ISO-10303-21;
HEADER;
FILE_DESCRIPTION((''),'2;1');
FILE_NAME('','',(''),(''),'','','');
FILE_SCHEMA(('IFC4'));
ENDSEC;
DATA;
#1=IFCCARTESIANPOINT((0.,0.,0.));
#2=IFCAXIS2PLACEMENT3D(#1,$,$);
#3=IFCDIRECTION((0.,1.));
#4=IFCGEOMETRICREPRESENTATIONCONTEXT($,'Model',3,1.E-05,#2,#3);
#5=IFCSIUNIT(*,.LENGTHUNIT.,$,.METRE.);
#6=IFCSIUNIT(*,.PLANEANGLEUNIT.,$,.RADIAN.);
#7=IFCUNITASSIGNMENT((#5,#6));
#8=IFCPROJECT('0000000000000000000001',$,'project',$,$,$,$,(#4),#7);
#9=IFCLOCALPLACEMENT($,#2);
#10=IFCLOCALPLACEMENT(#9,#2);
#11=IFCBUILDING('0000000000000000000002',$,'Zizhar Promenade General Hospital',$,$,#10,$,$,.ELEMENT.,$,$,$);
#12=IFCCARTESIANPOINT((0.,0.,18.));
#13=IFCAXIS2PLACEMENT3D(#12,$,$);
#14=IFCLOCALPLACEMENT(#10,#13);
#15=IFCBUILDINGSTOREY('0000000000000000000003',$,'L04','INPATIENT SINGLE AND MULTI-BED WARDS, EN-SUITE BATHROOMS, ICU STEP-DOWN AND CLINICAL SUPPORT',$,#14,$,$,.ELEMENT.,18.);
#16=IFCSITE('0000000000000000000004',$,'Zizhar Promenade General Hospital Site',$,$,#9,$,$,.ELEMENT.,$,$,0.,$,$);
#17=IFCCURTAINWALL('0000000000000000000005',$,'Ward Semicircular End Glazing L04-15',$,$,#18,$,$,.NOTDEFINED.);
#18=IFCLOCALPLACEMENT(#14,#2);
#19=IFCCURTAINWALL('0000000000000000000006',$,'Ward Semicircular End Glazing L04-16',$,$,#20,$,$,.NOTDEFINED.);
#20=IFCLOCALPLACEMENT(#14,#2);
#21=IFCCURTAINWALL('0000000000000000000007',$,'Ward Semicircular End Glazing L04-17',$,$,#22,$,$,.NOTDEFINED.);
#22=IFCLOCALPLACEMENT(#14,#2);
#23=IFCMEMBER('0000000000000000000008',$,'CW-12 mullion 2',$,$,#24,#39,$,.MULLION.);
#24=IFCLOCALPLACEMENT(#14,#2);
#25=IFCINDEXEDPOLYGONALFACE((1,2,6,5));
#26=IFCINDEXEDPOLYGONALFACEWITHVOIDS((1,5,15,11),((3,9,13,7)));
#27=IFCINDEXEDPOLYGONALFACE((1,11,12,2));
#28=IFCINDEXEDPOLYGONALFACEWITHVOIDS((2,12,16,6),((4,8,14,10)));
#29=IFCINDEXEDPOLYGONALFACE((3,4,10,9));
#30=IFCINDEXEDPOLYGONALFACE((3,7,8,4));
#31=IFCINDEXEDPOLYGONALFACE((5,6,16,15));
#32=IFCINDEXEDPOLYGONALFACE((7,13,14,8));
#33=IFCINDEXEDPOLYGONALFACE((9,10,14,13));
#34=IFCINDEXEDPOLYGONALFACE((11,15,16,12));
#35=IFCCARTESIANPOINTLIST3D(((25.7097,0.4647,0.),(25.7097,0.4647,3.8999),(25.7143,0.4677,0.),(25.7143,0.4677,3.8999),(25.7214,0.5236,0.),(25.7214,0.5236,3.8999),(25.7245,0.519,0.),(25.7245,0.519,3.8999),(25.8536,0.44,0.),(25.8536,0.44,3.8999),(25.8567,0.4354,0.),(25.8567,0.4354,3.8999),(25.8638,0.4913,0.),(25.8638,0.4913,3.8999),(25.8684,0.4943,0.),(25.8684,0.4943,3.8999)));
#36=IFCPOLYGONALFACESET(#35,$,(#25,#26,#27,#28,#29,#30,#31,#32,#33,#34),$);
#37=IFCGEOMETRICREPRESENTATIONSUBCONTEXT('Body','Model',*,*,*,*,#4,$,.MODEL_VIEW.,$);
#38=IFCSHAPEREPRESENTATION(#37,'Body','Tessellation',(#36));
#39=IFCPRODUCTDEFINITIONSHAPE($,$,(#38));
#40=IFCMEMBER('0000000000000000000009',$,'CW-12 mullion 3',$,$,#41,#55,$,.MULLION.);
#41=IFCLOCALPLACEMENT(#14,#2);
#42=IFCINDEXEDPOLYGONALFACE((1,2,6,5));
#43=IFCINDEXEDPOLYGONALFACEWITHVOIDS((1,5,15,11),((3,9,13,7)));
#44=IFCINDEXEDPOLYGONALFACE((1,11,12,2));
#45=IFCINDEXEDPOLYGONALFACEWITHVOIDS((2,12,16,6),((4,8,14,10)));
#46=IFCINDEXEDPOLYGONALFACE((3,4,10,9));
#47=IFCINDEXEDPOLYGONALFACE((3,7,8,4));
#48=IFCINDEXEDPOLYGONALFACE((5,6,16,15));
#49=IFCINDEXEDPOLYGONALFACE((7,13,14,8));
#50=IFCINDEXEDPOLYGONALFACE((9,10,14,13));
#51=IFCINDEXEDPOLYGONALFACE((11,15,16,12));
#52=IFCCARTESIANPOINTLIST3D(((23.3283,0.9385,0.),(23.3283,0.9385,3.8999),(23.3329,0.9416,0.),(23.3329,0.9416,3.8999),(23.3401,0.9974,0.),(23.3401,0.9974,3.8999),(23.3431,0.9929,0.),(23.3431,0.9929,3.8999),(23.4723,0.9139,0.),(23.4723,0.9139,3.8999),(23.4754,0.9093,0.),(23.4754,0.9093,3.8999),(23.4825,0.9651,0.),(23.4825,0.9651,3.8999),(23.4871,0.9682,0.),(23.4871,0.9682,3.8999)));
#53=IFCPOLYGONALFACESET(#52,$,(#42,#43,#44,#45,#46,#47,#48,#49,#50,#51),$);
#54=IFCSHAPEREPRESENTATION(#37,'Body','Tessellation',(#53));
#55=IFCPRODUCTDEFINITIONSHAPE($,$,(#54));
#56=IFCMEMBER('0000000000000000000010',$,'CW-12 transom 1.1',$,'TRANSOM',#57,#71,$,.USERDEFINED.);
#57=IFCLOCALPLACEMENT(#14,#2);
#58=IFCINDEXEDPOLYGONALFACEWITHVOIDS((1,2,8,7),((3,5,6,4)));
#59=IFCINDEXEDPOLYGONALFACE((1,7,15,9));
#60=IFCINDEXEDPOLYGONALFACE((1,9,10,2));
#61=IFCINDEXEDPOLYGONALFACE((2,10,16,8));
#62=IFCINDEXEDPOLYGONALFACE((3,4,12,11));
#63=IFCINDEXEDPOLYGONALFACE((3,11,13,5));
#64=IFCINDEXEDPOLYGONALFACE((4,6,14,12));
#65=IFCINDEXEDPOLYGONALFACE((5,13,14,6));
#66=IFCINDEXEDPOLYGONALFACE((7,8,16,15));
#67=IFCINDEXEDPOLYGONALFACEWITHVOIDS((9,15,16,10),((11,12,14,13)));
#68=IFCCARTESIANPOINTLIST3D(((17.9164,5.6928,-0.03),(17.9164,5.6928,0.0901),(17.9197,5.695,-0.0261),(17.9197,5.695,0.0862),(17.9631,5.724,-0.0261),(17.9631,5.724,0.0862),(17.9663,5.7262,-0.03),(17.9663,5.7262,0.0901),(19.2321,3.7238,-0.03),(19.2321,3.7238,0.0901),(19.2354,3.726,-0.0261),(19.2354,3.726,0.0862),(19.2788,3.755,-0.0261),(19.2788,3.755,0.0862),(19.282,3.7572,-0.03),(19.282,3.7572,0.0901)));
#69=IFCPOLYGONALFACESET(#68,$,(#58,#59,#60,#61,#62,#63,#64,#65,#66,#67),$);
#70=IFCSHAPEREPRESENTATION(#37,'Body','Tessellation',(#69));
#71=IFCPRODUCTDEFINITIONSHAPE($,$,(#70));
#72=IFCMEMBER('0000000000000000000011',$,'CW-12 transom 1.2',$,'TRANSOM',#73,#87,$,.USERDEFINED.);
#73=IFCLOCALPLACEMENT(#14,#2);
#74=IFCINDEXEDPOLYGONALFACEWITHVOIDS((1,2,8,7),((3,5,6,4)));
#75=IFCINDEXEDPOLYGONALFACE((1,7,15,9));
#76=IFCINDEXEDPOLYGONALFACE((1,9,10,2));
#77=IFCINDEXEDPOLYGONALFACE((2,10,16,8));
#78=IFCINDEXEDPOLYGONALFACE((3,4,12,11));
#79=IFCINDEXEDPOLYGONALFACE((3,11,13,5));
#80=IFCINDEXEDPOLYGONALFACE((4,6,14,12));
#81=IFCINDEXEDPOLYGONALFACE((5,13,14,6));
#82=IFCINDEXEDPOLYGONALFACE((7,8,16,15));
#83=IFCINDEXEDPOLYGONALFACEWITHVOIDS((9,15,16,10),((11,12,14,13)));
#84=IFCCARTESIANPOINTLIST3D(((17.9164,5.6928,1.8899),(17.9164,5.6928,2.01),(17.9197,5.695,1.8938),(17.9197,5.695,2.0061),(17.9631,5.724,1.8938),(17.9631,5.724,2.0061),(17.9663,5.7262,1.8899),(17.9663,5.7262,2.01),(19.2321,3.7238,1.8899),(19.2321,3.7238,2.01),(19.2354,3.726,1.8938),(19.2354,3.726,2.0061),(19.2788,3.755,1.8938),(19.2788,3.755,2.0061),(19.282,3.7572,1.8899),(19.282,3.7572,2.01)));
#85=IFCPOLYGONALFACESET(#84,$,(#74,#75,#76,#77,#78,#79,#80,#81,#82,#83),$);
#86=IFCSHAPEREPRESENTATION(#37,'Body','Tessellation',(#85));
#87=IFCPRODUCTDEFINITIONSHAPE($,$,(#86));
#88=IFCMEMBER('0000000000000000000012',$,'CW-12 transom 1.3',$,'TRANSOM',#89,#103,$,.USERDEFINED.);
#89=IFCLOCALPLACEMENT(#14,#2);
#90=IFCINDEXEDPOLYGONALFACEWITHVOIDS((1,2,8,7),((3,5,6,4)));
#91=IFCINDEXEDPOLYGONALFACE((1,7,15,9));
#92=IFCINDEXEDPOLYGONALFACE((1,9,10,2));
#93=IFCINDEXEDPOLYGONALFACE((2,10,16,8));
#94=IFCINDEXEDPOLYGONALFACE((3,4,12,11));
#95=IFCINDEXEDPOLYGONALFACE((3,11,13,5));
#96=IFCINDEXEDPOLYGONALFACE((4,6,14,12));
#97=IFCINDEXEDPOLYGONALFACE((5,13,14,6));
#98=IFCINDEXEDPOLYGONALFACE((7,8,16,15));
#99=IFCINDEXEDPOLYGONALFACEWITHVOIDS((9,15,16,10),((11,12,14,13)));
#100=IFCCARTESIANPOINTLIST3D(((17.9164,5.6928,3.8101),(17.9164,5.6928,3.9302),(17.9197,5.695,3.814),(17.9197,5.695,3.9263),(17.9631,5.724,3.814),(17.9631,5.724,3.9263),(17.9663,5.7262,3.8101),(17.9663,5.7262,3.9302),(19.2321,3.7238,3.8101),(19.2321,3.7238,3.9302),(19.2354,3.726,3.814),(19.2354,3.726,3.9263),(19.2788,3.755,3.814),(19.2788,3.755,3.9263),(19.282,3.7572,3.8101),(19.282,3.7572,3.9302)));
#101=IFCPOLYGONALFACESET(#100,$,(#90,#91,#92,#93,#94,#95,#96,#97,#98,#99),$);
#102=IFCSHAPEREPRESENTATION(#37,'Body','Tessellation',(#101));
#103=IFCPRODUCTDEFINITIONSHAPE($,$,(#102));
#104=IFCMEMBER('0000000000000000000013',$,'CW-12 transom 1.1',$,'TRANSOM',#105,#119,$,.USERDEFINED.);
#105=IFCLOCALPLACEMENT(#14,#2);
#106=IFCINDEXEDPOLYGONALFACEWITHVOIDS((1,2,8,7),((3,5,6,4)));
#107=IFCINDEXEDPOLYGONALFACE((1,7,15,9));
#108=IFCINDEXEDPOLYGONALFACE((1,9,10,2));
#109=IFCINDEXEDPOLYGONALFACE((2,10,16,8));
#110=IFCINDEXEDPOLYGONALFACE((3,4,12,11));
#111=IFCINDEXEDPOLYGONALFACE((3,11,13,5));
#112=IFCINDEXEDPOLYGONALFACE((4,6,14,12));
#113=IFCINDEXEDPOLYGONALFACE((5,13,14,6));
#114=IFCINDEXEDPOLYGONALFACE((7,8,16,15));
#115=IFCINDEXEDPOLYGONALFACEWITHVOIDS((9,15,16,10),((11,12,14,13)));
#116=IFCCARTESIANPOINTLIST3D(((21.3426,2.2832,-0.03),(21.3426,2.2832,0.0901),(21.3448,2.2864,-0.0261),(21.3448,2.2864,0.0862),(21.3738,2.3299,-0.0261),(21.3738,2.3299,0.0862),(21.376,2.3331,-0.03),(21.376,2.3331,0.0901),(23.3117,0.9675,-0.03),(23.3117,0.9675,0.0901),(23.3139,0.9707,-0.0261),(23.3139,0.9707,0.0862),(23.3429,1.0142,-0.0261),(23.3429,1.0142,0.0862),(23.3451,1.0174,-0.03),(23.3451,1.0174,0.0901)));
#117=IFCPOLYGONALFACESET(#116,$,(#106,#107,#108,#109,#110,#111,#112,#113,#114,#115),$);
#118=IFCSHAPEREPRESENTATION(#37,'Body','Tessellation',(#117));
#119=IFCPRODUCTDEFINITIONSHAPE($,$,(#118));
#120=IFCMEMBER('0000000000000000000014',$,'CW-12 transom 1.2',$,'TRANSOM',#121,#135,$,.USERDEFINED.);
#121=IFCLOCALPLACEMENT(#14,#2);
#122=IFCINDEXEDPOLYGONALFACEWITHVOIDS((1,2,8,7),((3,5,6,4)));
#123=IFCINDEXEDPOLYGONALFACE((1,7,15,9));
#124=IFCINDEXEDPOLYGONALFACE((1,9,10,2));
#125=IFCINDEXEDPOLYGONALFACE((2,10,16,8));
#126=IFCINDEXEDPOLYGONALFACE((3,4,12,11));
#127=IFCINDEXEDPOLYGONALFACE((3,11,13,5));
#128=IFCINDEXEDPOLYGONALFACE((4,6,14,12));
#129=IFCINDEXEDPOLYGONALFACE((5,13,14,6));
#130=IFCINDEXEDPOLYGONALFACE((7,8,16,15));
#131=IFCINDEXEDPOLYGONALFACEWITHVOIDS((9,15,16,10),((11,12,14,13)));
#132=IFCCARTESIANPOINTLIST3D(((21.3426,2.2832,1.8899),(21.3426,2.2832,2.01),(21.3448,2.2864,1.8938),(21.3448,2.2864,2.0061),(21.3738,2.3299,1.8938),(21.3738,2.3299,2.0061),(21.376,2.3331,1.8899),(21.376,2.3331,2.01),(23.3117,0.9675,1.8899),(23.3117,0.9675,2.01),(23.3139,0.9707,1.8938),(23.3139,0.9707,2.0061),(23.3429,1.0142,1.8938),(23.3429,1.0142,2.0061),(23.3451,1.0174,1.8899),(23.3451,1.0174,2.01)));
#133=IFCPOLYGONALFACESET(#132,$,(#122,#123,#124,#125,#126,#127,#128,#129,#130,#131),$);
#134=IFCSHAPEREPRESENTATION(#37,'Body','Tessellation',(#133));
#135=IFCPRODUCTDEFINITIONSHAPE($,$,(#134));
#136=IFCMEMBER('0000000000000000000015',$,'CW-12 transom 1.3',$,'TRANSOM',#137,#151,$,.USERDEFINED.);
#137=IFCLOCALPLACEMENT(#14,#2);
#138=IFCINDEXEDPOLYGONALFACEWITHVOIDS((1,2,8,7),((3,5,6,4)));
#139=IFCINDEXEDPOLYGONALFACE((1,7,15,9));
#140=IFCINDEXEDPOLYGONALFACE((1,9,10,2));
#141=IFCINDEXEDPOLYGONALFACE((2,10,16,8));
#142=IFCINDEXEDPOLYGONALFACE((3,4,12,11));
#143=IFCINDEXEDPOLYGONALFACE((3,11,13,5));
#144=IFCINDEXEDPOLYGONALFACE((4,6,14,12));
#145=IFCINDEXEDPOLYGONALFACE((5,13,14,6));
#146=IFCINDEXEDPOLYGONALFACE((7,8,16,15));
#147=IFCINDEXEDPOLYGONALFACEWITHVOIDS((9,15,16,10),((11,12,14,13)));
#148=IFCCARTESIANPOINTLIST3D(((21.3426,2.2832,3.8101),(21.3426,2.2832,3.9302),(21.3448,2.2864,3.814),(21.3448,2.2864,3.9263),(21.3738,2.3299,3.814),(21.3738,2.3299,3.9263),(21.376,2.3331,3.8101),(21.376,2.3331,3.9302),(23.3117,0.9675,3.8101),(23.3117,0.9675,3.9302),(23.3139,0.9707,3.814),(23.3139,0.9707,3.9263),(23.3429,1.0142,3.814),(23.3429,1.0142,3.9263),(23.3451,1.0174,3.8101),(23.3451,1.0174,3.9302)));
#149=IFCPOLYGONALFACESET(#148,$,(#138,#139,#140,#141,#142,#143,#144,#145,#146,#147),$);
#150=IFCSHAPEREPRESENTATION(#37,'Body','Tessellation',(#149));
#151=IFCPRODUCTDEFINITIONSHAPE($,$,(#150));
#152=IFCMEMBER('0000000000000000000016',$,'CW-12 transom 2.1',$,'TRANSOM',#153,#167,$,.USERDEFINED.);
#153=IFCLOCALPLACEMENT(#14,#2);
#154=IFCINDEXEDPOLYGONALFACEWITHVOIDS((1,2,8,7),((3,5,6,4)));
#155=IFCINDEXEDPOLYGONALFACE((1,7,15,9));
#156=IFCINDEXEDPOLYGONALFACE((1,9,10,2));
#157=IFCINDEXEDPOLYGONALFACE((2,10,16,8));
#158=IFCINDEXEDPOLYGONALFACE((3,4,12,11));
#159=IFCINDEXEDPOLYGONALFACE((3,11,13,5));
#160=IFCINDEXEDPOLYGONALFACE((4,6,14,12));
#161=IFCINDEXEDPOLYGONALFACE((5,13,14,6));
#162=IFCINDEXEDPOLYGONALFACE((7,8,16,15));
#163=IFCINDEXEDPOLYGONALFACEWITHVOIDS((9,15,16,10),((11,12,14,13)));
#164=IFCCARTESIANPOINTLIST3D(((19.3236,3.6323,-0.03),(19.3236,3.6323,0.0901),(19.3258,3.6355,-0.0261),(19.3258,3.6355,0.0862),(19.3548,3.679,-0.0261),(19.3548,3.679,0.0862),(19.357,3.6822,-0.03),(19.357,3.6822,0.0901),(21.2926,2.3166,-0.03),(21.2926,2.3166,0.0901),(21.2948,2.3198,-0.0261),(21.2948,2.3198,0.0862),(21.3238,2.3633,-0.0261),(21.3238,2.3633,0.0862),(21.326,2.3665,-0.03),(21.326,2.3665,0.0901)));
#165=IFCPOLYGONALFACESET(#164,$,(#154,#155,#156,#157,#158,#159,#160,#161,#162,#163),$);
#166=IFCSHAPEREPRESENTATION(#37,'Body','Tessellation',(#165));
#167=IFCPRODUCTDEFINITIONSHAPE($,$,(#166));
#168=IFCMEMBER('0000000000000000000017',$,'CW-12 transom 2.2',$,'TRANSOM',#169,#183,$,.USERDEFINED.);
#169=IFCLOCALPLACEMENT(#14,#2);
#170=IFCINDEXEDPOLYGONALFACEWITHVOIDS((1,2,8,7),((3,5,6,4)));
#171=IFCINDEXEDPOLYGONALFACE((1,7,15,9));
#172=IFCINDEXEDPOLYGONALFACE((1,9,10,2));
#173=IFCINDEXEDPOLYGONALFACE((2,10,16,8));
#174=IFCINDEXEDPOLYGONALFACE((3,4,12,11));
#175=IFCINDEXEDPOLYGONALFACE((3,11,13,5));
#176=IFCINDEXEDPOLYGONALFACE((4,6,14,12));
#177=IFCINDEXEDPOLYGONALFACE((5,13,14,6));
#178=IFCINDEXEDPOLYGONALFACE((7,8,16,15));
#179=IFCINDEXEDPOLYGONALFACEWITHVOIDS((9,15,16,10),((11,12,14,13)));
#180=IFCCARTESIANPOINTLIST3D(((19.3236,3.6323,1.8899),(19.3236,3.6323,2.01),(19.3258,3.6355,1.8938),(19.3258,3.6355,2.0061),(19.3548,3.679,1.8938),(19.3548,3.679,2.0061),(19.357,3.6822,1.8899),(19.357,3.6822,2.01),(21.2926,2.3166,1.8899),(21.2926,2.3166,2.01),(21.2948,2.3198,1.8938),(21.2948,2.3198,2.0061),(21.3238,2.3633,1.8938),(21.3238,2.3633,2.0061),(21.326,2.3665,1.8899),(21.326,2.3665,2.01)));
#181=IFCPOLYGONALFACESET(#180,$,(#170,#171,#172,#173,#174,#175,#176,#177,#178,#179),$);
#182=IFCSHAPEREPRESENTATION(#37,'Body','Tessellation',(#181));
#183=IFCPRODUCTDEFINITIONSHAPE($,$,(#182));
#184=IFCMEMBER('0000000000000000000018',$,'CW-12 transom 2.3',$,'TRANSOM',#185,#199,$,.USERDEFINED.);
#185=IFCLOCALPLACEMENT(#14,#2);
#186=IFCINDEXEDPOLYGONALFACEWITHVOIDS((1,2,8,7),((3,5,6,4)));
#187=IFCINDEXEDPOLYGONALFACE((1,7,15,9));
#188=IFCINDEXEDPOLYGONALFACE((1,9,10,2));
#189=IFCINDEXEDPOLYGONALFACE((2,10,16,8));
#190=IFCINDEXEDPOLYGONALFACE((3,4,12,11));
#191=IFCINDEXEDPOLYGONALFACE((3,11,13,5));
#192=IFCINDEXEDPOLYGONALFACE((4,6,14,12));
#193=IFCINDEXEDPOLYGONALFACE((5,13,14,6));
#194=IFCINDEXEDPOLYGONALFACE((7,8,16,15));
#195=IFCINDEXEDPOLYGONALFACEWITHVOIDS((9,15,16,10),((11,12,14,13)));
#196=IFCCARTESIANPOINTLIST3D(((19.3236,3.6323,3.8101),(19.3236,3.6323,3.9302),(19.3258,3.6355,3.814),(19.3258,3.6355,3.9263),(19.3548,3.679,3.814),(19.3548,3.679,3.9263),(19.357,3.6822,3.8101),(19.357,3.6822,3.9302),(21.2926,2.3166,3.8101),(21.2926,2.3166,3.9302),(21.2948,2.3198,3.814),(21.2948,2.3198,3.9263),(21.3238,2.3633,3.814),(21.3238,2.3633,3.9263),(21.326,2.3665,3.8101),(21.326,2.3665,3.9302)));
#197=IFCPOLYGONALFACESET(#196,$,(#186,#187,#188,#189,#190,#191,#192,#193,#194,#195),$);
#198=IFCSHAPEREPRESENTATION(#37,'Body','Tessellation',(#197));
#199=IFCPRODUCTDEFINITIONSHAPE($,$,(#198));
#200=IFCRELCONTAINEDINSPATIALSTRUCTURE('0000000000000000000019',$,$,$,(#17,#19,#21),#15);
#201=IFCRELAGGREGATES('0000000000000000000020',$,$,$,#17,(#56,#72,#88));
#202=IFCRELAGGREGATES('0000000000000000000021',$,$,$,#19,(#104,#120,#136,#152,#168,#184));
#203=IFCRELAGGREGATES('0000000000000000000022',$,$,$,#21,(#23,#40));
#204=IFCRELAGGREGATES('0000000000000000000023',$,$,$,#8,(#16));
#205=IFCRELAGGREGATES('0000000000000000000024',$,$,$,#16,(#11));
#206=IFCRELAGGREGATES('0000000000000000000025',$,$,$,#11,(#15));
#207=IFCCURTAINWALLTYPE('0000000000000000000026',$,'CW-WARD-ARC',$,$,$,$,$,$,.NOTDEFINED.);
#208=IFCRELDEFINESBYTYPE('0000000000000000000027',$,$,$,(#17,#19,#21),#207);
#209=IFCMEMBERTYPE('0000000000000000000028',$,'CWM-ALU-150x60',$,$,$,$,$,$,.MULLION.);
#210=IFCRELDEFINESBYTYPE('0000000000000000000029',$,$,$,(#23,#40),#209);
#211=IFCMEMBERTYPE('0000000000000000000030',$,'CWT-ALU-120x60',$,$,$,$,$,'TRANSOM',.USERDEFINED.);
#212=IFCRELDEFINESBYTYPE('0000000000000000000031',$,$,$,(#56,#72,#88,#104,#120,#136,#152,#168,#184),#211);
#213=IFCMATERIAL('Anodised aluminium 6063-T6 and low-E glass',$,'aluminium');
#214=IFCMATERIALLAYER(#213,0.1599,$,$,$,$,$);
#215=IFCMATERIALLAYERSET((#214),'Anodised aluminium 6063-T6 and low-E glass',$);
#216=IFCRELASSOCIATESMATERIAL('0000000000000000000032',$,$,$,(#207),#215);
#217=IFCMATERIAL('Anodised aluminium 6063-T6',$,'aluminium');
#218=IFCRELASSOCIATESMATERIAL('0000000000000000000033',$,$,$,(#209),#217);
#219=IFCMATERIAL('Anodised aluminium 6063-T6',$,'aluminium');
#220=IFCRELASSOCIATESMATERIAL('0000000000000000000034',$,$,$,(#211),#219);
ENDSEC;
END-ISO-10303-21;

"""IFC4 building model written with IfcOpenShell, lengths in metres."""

from ifc_helpers import new_model, si_unit, direction, frame, origin, origin_2d, place, context, subcontext, project, spatial, hollow_rectangle, extrude, material, layer, layer_set, material_profile, profile_set, type_object, element, aggregate, save


model = new_model("IFC4")

# Units and contexts
model_context = context("Model", 3, precision=1e-05, world=origin(), true_north=direction((0.0, 1.0)))
body_context = subcontext(model_context, "Body", "Model", "MODEL_VIEW")
ifc_project = project(units=[si_unit("LENGTHUNIT", "METRE"), si_unit("PLANEANGLEUNIT", "RADIAN")], contexts=[model_context])

# Site, building, storey
site_placement = place(None, origin())
site = spatial("IfcSite", under=ifc_project, at=site_placement, Name="Zizhar Promenade General Hospital Site", CompositionType="ELEMENT", RefElevation=0.0)
building_placement = place(site_placement, origin())
building = spatial("IfcBuilding", under=site, at=building_placement, Name="Zizhar Promenade General Hospital", CompositionType="ELEMENT")
storey_placement = place(building_placement, frame((0.0, 0.0, 18.0)))
storey = spatial("IfcBuildingStorey", under=building, at=storey_placement, Name="L04", Description="INPATIENT SINGLE AND MULTI-BED WARDS, EN-SUITE BATHROOMS, ICU STEP-DOWN AND CLINICAL SUPPORT", CompositionType="ELEMENT", Elevation=18.0)

# Curtain walls, members
ifc_material_1 = material(Name="Anodised aluminium 6063-T6 and low-E glass", Category="aluminium")
ifc_layer_1 = layer(ifc_material_1, 0.1599)
ifc_layer_set_1 = layer_set([ifc_layer_1], Name="Anodised aluminium 6063-T6 and low-E glass")
curtain_wall_type = type_object("IfcCurtainWallType", Name="CW-WARD-ARC", PredefinedType="NOTDEFINED", material=ifc_layer_set_1)
curtain_wall_1_placement = place(storey_placement, origin())
curtain_wall_1 = element("IfcCurtainWall", 1, at=curtain_wall_1_placement, inside=storey, type_object=curtain_wall_type, Name="Ward Semicircular End Glazing L04-15", PredefinedType="NOTDEFINED")
ifc_material_2 = material(Name="Anodised aluminium 6063-T6", Category="aluminium")
ifc_material_profile_1 = material_profile(ifc_material_2, hollow_rectangle(XDim=0.0601, YDim=0.1499, WallThickness=0.0039, at=origin_2d()))
ifc_profile_set_1 = profile_set([ifc_material_profile_1], Name="Anodised aluminium 6063-T6")
member_type_1 = type_object("IfcMemberType", Name="CWM-ALU-150x60", PredefinedType="MULLION", material=ifc_profile_set_1)
curtain_wall_2_placement = place(storey_placement, origin())
curtain_wall_2 = element("IfcCurtainWall", 2, at=curtain_wall_2_placement, inside=storey, type_object=curtain_wall_type, Name="Ward Semicircular End Glazing L04-16", PredefinedType="NOTDEFINED")
curtain_wall_3_placement = place(storey_placement, origin())
curtain_wall_3 = element("IfcCurtainWall", 3, at=curtain_wall_3_placement, inside=storey, type_object=curtain_wall_type, Name="Ward Semicircular End Glazing L04-17", PredefinedType="NOTDEFINED")
member_1_placement = place(storey_placement, frame((25.7891, 0.4795, 0.0), z_axis=(0.0, 0.0, 1.0), x_axis=(-0.195087, -0.980786, 0.0)))
member_1 = element("IfcMember", 4, at=member_1_placement, type_object=member_type_1, Name="CW-12 mullion 2", PredefinedType="MULLION", context=body_context, shape_type="SweptSolid", body=[
    extrude(hollow_rectangle(XDim=0.0601, YDim=0.1499, WallThickness=0.0039, at=origin_2d()), origin(), (0.0, 0.0, 1.0), 3.8999),
])
member_2_placement = place(storey_placement, frame((23.4077, 0.9534, 0.0), z_axis=(0.0, 0.0, 1.0), x_axis=(-0.195087, -0.980786, 0.0)))
member_2 = element("IfcMember", 5, at=member_2_placement, type_object=member_type_1, Name="CW-12 mullion 3", PredefinedType="MULLION", context=body_context, shape_type="SweptSolid", body=[
    extrude(hollow_rectangle(XDim=0.0601, YDim=0.1499, WallThickness=0.0039, at=origin_2d()), origin(), (0.0, 0.0, 1.0), 3.8999),
])

# Members
ifc_material_3 = material(Name="Anodised aluminium 6063-T6", Category="aluminium")
ifc_material_profile_2 = material_profile(ifc_material_3, hollow_rectangle(XDim=0.0601, YDim=0.1201, WallThickness=0.0039, at=origin_2d()))
ifc_profile_set_2 = profile_set([ifc_material_profile_2], Name="Anodised aluminium 6063-T6")
member_type_2 = type_object("IfcMemberType", Name="CWT-ALU-120x60", ElementType="TRANSOM", PredefinedType="USERDEFINED", material=ifc_profile_set_2)
member_3_placement = place(storey_placement, frame((19.2571, 3.7405, 0.03), z_axis=(-0.55558, 0.831463, 0.0), x_axis=(-0.831463, -0.55558, 0.0)))
member_3 = element("IfcMember", 6, at=member_3_placement, type_object=member_type_2, Name="CW-12 transom 1.1", ObjectType="TRANSOM", PredefinedType="USERDEFINED", context=body_context, shape_type="SweptSolid", body=[
    extrude(hollow_rectangle(XDim=0.0601, YDim=0.1201, WallThickness=0.0039, at=origin_2d()), origin(), (0.0, 0.0, 1.0), 2.3682),
])
member_4_placement = place(storey_placement, frame((19.2571, 3.7405, 1.95), z_axis=(-0.55558, 0.831463, 0.0), x_axis=(-0.831463, -0.55558, 0.0)))
member_4 = element("IfcMember", 7, at=member_4_placement, type_object=member_type_2, Name="CW-12 transom 1.2", ObjectType="TRANSOM", PredefinedType="USERDEFINED", context=body_context, shape_type="SweptSolid", body=[
    extrude(hollow_rectangle(XDim=0.0601, YDim=0.1201, WallThickness=0.0039, at=origin_2d()), origin(), (0.0, 0.0, 1.0), 2.3682),
])
member_5_placement = place(storey_placement, frame((19.2571, 3.7405, 3.8701), z_axis=(-0.55558, 0.831463, 0.0), x_axis=(-0.831463, -0.55558, 0.0)))
member_5 = element("IfcMember", 8, at=member_5_placement, type_object=member_type_2, Name="CW-12 transom 1.3", ObjectType="TRANSOM", PredefinedType="USERDEFINED", context=body_context, shape_type="SweptSolid", body=[
    extrude(hollow_rectangle(XDim=0.0601, YDim=0.1201, WallThickness=0.0039, at=origin_2d()), origin(), (0.0, 0.0, 1.0), 2.3682),
])
member_6_placement = place(storey_placement, frame((23.3284, 0.9924, 0.03), z_axis=(-0.831463, 0.55558, 0.0), x_axis=(-0.55558, -0.831463, 0.0)))
member_6 = element("IfcMember", 9, at=member_6_placement, type_object=member_type_2, Name="CW-12 transom 1.1", ObjectType="TRANSOM", PredefinedType="USERDEFINED", context=body_context, shape_type="SweptSolid", body=[
    extrude(hollow_rectangle(XDim=0.0601, YDim=0.1201, WallThickness=0.0039, at=origin_2d()), origin(), (0.0, 0.0, 1.0), 2.3682),
])
member_7_placement = place(storey_placement, frame((23.3284, 0.9924, 1.95), z_axis=(-0.831463, 0.55558, 0.0), x_axis=(-0.55558, -0.831463, 0.0)))
member_7 = element("IfcMember", 10, at=member_7_placement, type_object=member_type_2, Name="CW-12 transom 1.2", ObjectType="TRANSOM", PredefinedType="USERDEFINED", context=body_context, shape_type="SweptSolid", body=[
    extrude(hollow_rectangle(XDim=0.0601, YDim=0.1201, WallThickness=0.0039, at=origin_2d()), origin(), (0.0, 0.0, 1.0), 2.3682),
])
member_8_placement = place(storey_placement, frame((23.3284, 0.9924, 3.8701), z_axis=(-0.831463, 0.55558, 0.0), x_axis=(-0.55558, -0.831463, 0.0)))
member_8 = element("IfcMember", 11, at=member_8_placement, type_object=member_type_2, Name="CW-12 transom 1.3", ObjectType="TRANSOM", PredefinedType="USERDEFINED", context=body_context, shape_type="SweptSolid", body=[
    extrude(hollow_rectangle(XDim=0.0601, YDim=0.1201, WallThickness=0.0039, at=origin_2d()), origin(), (0.0, 0.0, 1.0), 2.3682),
])
member_9_placement = place(storey_placement, frame((21.3093, 2.3416, 0.03), z_axis=(-0.831463, 0.55558, 0.0), x_axis=(-0.55558, -0.831463, 0.0)))
member_9 = element("IfcMember", 12, at=member_9_placement, type_object=member_type_2, Name="CW-12 transom 2.1", ObjectType="TRANSOM", PredefinedType="USERDEFINED", context=body_context, shape_type="SweptSolid", body=[
    extrude(hollow_rectangle(XDim=0.0601, YDim=0.1201, WallThickness=0.0039, at=origin_2d()), origin(), (0.0, 0.0, 1.0), 2.3682),
])
member_10_placement = place(storey_placement, frame((21.3093, 2.3416, 1.95), z_axis=(-0.831463, 0.55558, 0.0), x_axis=(-0.55558, -0.831463, 0.0)))
member_10 = element("IfcMember", 13, at=member_10_placement, type_object=member_type_2, Name="CW-12 transom 2.2", ObjectType="TRANSOM", PredefinedType="USERDEFINED", context=body_context, shape_type="SweptSolid", body=[
    extrude(hollow_rectangle(XDim=0.0601, YDim=0.1201, WallThickness=0.0039, at=origin_2d()), origin(), (0.0, 0.0, 1.0), 2.3682),
])
member_11_placement = place(storey_placement, frame((21.3093, 2.3416, 3.8701), z_axis=(-0.831463, 0.55558, 0.0), x_axis=(-0.55558, -0.831463, 0.0)))
member_11 = element("IfcMember", 14, at=member_11_placement, type_object=member_type_2, Name="CW-12 transom 2.3", ObjectType="TRANSOM", PredefinedType="USERDEFINED", context=body_context, shape_type="SweptSolid", body=[
    extrude(hollow_rectangle(XDim=0.0601, YDim=0.1201, WallThickness=0.0039, at=origin_2d()), origin(), (0.0, 0.0, 1.0), 2.3682),
])

aggregate(curtain_wall_1, [member_3, member_4, member_5])
aggregate(curtain_wall_2, [member_6, member_7, member_8, member_9, member_10, member_11])
aggregate(curtain_wall_3, [member_1, member_2])

save(model, "model.ifc")
